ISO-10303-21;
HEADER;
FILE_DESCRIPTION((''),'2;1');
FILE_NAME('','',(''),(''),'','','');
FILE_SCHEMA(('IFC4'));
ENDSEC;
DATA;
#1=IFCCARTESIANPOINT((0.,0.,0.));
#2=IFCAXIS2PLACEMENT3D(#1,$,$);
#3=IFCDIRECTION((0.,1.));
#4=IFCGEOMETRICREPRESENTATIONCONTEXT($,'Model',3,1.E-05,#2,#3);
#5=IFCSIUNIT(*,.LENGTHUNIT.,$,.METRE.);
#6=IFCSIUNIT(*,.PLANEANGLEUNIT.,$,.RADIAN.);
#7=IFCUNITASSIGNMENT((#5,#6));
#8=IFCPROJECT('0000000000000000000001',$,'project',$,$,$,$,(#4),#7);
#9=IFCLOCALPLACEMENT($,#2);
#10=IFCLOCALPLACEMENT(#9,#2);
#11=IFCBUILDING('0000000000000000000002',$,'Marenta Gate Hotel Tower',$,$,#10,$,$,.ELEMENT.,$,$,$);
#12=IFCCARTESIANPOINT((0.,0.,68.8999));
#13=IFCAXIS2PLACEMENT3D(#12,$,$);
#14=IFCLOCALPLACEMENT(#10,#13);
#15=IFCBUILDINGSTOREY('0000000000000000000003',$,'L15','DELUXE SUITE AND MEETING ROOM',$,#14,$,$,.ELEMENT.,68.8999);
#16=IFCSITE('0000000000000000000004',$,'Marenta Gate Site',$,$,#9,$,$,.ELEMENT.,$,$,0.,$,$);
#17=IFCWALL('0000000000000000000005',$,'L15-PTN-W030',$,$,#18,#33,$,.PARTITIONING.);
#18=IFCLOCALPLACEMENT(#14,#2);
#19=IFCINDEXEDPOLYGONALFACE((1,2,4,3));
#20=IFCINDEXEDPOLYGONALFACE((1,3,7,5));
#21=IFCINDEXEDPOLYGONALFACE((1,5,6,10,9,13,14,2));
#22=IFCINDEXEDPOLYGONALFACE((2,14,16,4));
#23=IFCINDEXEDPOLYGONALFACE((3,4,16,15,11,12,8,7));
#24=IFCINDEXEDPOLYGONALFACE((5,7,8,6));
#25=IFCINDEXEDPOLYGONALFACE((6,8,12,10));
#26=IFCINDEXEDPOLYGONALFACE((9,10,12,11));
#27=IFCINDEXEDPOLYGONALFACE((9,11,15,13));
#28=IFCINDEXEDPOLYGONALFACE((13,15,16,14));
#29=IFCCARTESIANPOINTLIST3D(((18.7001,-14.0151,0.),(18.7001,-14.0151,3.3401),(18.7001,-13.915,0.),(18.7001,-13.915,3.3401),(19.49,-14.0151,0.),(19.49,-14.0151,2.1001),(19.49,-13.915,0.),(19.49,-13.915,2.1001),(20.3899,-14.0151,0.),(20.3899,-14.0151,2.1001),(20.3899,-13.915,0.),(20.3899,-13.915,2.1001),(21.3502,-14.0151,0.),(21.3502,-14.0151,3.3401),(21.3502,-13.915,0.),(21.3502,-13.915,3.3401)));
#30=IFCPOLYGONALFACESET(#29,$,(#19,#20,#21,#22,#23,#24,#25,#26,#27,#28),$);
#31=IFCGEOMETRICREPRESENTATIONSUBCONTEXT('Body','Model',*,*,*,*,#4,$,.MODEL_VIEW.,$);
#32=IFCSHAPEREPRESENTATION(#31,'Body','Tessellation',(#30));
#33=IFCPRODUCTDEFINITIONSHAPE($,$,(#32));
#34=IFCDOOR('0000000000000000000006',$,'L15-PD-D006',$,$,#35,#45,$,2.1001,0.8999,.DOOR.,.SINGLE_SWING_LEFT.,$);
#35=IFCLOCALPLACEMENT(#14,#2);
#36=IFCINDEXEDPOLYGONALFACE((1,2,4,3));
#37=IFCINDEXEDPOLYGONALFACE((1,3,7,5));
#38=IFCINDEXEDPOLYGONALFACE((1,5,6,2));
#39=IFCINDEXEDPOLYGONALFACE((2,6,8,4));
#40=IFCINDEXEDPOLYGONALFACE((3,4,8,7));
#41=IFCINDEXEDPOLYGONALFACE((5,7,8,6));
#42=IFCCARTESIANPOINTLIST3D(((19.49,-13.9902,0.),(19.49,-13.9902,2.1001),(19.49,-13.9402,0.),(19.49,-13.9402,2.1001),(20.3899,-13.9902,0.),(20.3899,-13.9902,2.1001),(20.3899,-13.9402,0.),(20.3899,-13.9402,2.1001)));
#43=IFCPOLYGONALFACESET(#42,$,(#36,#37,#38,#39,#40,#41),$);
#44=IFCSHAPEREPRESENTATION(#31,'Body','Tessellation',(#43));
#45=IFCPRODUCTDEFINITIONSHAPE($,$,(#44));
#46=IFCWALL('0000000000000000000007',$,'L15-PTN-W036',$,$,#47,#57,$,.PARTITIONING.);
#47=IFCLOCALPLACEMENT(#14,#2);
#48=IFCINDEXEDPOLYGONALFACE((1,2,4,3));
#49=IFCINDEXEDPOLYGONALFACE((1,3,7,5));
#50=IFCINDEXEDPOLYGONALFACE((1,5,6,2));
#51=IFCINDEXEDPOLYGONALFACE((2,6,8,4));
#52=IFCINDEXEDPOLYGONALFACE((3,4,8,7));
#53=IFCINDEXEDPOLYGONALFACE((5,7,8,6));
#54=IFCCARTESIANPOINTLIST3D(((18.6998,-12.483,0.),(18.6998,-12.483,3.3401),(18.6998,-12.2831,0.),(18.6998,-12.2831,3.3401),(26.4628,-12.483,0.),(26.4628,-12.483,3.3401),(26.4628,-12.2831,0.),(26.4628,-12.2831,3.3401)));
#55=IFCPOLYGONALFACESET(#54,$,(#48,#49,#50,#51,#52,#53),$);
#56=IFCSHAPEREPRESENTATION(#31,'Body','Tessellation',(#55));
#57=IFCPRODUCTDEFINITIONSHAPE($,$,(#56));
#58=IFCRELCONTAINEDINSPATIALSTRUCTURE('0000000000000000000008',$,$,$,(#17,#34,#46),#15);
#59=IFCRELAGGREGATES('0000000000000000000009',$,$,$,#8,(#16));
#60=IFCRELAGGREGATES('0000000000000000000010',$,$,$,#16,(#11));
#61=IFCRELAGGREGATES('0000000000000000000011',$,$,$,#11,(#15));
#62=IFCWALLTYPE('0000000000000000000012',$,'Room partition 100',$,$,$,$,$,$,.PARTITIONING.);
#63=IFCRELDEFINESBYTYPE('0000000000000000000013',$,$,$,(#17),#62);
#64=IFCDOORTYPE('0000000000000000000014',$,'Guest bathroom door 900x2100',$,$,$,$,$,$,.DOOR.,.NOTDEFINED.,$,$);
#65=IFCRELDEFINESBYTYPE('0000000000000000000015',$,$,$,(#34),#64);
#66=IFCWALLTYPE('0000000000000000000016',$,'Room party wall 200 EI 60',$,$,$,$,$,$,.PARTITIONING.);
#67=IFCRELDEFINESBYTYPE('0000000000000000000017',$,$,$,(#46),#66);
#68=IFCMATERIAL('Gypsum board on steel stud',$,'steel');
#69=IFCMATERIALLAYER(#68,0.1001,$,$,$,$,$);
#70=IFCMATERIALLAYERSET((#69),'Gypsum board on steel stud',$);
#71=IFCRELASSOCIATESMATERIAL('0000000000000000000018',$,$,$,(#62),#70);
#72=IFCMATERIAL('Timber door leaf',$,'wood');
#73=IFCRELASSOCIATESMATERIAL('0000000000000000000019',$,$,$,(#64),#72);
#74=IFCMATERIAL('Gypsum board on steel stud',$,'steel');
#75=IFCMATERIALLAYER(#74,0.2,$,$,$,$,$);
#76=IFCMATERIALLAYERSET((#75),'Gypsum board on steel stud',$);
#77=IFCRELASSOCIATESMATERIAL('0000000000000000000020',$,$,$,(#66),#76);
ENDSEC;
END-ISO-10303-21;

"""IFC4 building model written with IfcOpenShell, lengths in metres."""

from ifc_helpers import new_model, si_unit, direction, frame, frame_2d, origin, place, context, subcontext, project, spatial, rectangle, extrude, material, layer, layer_set, type_object, element, fill, save


model = new_model("IFC4")

# Units and contexts
model_context = context("Model", 3, precision=1e-05, world=origin(), true_north=direction((0.0, 1.0)))
body_context = subcontext(model_context, "Body", "Model", "MODEL_VIEW")
ifc_project = project(units=[si_unit("LENGTHUNIT", "METRE"), si_unit("PLANEANGLEUNIT", "RADIAN")], contexts=[model_context])

# Site, building, storey
site_placement = place(None, origin())
site = spatial("IfcSite", under=ifc_project, at=site_placement, Name="Marenta Gate Site", CompositionType="ELEMENT", RefElevation=0.0)
building_placement = place(site_placement, origin())
building = spatial("IfcBuilding", under=site, at=building_placement, Name="Marenta Gate Hotel Tower", CompositionType="ELEMENT")
storey_placement = place(building_placement, frame((0.0, 0.0, 68.8999)))
storey = spatial("IfcBuildingStorey", under=building, at=storey_placement, Name="L15", Description="DELUXE SUITE AND MEETING ROOM", CompositionType="ELEMENT", Elevation=68.8999)

# Shared definitions
ifc_material_1 = material(Name="Gypsum board on steel stud", Category="steel")
ifc_layer_1 = layer(ifc_material_1, 0.1001)
ifc_layer_set_1 = layer_set([ifc_layer_1], Name="Gypsum board on steel stud")
wall_type_1 = type_object("IfcWallType", Name="Room partition 100", PredefinedType="PARTITIONING", material=ifc_layer_set_1)

# Wall, opening, door
wall_1_placement = place(storey_placement, frame((18.7, -13.9651, 0.0), z_axis=(0.0, 0.0, 1.0), x_axis=(1.0, 0.0, 0.0)))
wall_1 = element("IfcWall", 1, at=wall_1_placement, inside=storey, type_object=wall_type_1, Name="L15-PTN-W030", PredefinedType="PARTITIONING", context=body_context, shape_type="SweptSolid", body=[
    extrude(rectangle(XDim=2.6501, YDim=0.1001, at=frame_2d((1.3252, 0.0))), origin(), (0.0, 0.0, 1.0), 3.3401),
])
opening_1_placement = place(wall_1_placement, frame((0.79, 0.0, 0.0)))
opening_1 = element("IfcOpeningElement", 2, at=opening_1_placement, cuts=wall_1, PredefinedType="OPENING", context=body_context, shape_type="SweptSolid", body=[
    extrude(rectangle(XDim=0.8999, YDim=2.1001, at=frame_2d((0.45, 1.05))), frame((0.0, 0.05, 0.0), z_axis=(0.0, -1.0, 0.0), x_axis=(1.0, 0.0, 0.0)), (0.0, 0.0, 1.0), 0.1001),
])
ifc_material_2 = material(Name="Timber door leaf", Category="wood")
door_type_1 = type_object("IfcDoorType", Name="Guest bathroom door 900x2100", OperationType="NOTDEFINED", PredefinedType="DOOR", material=ifc_material_2)
door_1_placement = place(opening_1_placement, origin())
door_1 = element("IfcDoor", 3, at=door_1_placement, inside=storey, type_object=door_type_1, Name="L15-PD-D006", OperationType="SINGLE_SWING_LEFT", OverallHeight=2.1001, OverallWidth=0.8999, PredefinedType="DOOR", context=body_context, shape_type="SweptSolid", body=[
    extrude(rectangle(XDim=0.8999, YDim=2.1001, at=frame_2d((0.45, 1.05))), frame((0.0, 0.0249, 0.0), z_axis=(0.0, -1.0, 0.0), x_axis=(1.0, 0.0, 0.0)), (0.0, 0.0, 1.0), 0.05),
])
fill(opening_1, door_1)

# Wall
ifc_material_3 = material(Name="Gypsum board on steel stud", Category="steel")
ifc_layer_2 = layer(ifc_material_3, 0.2)
ifc_layer_set_2 = layer_set([ifc_layer_2], Name="Gypsum board on steel stud")
wall_type_2 = type_object("IfcWallType", Name="Room party wall 200 EI 60", PredefinedType="PARTITIONING", material=ifc_layer_set_2)
wall_2_placement = place(storey_placement, frame((18.7, -12.3831, 0.0), z_axis=(0.0, 0.0, 1.0), x_axis=(1.0, 0.0, 0.0)))
element("IfcWall", 4, at=wall_2_placement, inside=storey, type_object=wall_type_2, Name="L15-PTN-W036", PredefinedType="PARTITIONING", context=body_context, shape_type="SweptSolid", body=[
    extrude(rectangle(XDim=7.7629, YDim=0.2, at=frame_2d((3.8813, 0.0))), origin(), (0.0, 0.0, 1.0), 3.3401),
])

save(model, "model.ifc")
